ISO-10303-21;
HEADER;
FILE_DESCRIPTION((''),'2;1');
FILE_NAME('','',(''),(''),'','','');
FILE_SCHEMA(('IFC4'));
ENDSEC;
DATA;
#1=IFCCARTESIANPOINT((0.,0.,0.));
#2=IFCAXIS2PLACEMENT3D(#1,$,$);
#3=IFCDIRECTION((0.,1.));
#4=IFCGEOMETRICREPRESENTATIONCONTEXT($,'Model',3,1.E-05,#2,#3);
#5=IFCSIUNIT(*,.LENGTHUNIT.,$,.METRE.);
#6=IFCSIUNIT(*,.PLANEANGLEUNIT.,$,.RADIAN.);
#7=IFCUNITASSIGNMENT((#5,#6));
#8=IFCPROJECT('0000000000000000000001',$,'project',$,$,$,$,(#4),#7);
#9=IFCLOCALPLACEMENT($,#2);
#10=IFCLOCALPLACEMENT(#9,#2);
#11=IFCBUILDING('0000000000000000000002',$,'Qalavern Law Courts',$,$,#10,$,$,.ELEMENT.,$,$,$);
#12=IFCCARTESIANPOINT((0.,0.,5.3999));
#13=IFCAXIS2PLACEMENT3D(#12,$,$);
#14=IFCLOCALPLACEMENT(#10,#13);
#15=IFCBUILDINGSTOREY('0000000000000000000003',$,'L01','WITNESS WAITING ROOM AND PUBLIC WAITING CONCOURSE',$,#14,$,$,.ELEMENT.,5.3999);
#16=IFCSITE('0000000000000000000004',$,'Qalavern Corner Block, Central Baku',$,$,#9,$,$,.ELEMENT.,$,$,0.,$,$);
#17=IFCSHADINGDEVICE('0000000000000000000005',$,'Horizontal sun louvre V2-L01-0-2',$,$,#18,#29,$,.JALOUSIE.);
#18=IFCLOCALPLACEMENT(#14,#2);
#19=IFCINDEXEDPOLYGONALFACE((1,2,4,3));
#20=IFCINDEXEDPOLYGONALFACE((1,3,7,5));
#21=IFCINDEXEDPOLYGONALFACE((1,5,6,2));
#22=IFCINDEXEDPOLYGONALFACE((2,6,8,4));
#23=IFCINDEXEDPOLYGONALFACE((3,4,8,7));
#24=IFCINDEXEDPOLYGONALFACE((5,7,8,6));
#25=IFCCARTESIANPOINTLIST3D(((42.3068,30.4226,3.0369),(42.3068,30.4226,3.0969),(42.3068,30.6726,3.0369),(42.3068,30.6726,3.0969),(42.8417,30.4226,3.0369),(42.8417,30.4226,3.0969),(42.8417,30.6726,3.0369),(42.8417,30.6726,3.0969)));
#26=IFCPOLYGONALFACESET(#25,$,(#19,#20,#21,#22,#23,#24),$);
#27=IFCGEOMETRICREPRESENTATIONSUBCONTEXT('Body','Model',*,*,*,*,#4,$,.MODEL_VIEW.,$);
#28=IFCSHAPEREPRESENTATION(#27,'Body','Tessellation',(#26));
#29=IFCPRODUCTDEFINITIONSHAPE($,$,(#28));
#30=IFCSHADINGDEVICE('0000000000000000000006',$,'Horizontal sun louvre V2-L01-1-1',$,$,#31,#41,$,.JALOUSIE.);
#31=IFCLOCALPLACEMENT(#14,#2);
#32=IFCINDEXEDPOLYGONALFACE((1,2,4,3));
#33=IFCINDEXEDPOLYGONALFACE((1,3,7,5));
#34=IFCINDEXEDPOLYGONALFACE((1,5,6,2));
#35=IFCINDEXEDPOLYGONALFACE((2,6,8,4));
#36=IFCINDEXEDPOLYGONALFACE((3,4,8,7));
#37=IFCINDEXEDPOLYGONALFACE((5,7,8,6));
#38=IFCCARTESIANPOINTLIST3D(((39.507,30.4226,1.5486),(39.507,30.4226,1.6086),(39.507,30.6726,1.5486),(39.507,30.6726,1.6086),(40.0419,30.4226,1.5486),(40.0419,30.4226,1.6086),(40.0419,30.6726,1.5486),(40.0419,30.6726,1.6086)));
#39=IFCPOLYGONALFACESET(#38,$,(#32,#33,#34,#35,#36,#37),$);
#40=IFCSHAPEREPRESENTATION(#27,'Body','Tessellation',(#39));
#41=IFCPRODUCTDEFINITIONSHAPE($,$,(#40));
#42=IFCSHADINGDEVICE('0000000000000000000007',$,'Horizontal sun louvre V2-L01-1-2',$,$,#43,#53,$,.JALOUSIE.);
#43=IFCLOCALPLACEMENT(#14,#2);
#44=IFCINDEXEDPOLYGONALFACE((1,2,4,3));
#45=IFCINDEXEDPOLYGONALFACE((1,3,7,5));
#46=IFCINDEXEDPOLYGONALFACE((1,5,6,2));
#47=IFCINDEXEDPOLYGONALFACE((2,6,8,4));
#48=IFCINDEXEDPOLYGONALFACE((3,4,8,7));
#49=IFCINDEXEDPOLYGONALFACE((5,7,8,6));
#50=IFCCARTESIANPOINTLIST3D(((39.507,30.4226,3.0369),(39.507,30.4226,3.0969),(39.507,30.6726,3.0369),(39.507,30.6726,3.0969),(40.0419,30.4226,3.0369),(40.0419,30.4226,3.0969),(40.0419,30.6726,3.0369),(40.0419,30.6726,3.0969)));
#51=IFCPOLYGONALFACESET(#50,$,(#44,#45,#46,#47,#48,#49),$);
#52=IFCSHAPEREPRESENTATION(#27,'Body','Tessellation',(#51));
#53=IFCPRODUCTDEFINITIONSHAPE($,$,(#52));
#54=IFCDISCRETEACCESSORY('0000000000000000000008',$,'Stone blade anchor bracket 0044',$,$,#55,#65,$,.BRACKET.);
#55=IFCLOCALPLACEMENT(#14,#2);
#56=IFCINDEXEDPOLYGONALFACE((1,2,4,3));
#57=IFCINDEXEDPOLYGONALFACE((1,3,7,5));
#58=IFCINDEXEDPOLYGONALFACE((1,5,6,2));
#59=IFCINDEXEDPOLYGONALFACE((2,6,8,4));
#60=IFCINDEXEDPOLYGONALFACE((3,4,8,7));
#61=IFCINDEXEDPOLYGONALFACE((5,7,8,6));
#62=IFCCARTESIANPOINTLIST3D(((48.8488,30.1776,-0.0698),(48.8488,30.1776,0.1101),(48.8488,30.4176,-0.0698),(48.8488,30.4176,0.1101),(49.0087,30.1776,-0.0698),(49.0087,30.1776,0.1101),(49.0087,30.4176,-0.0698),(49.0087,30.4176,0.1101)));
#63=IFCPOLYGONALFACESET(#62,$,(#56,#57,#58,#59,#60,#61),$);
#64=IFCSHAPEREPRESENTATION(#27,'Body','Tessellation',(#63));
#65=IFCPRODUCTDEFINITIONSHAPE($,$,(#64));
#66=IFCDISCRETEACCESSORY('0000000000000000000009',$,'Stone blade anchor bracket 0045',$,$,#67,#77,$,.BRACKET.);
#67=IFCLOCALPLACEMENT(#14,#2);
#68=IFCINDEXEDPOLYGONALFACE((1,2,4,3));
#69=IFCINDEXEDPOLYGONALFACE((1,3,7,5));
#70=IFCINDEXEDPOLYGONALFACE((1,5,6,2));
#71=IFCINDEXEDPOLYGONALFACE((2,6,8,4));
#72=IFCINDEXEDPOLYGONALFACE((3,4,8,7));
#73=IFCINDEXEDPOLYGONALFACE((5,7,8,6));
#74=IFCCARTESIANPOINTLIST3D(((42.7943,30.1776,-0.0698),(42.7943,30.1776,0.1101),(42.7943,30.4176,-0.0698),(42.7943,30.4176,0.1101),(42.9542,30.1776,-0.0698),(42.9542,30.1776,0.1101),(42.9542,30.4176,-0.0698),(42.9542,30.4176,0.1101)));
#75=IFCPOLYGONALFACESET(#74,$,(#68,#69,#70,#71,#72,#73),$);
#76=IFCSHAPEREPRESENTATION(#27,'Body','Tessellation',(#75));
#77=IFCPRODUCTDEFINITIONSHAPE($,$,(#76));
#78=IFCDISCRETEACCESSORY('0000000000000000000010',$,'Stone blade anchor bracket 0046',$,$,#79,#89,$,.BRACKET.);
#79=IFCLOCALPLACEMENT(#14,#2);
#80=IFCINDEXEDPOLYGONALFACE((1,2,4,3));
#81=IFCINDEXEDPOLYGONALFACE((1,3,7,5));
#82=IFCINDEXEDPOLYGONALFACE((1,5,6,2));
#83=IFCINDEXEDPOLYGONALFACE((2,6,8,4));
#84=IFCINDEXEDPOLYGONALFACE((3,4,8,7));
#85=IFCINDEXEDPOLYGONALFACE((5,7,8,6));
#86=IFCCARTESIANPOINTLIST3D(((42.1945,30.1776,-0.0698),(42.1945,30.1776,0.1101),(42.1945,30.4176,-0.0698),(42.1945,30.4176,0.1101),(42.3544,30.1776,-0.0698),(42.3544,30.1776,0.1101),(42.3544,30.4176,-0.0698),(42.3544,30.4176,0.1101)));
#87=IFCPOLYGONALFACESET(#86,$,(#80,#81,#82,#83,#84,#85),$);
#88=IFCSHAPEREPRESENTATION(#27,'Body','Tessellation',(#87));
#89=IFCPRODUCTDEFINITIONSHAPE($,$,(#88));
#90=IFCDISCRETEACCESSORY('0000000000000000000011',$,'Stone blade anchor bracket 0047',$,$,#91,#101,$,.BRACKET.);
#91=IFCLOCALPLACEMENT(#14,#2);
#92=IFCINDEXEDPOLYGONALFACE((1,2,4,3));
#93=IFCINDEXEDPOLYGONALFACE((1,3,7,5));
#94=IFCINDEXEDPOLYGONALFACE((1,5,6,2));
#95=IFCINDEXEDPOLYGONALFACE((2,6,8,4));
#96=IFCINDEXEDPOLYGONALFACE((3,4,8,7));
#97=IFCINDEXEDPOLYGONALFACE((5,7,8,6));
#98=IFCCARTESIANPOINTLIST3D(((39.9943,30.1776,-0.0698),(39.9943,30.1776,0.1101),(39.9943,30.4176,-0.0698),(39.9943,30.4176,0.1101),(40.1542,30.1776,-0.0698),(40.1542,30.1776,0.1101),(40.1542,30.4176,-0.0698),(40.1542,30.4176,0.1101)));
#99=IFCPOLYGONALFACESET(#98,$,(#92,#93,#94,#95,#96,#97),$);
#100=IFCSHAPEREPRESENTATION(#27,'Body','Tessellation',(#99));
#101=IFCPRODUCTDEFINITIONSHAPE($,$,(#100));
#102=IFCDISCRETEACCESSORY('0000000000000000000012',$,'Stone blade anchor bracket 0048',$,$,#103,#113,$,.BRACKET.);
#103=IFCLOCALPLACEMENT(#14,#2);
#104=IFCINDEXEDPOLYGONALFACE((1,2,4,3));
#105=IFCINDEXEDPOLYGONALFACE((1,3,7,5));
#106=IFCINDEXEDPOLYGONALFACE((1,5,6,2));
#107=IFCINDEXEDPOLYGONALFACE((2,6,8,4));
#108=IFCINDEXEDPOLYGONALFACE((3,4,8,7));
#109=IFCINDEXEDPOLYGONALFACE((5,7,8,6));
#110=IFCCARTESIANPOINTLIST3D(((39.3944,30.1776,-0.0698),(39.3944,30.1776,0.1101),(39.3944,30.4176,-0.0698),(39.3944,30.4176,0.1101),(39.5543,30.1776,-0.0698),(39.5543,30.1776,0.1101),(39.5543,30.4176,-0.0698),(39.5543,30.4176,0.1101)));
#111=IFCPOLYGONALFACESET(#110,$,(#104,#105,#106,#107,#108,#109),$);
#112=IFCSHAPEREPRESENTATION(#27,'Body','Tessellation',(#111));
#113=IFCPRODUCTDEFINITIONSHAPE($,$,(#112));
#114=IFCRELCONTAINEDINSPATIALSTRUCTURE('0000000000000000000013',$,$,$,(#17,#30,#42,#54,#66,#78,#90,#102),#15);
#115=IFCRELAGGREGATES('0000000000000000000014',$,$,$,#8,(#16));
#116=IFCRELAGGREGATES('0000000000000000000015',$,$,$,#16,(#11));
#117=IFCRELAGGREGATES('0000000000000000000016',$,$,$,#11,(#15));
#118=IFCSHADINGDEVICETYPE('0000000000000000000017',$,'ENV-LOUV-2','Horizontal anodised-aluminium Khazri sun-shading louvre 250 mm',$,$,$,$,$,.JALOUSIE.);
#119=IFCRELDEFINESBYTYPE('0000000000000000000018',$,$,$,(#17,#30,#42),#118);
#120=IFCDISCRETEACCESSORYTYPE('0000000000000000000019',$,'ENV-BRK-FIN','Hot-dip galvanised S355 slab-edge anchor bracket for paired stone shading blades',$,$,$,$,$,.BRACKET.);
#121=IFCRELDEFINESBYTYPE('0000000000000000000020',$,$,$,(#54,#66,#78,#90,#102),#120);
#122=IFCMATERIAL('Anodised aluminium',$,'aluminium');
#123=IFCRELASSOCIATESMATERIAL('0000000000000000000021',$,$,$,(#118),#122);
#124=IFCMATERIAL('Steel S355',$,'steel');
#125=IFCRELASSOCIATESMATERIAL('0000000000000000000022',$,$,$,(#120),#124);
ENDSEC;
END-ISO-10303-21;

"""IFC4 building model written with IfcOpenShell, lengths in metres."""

from ifc_helpers import new_model, si_unit, direction, frame, origin, origin_2d, place, context, subcontext, project, spatial, rectangle, extrude, material, type_object, element, save


model = new_model("IFC4")

# Units and contexts
model_context = context("Model", 3, precision=1e-05, world=origin(), true_north=direction((0.0, 1.0)))
body_context = subcontext(model_context, "Body", "Model", "MODEL_VIEW")
ifc_project = project(units=[si_unit("LENGTHUNIT", "METRE"), si_unit("PLANEANGLEUNIT", "RADIAN")], contexts=[model_context])

# Site, building, storey
site_placement = place(None, origin())
site = spatial("IfcSite", under=ifc_project, at=site_placement, Name="Qalavern Corner Block, Central Baku", CompositionType="ELEMENT", RefElevation=0.0)
building_placement = place(site_placement, origin())
building = spatial("IfcBuilding", under=site, at=building_placement, Name="Qalavern Law Courts", CompositionType="ELEMENT")
storey_placement = place(building_placement, frame((0.0, 0.0, 5.3999)))
storey = spatial("IfcBuildingStorey", under=building, at=storey_placement, Name="L01", Description="WITNESS WAITING ROOM AND PUBLIC WAITING CONCOURSE", CompositionType="ELEMENT", Elevation=5.3999)

# Shared definitions
ifc_material_1 = material(Name="Anodised aluminium", Category="aluminium")

# Shading devices
shading_device_type_1 = type_object("IfcShadingDeviceType", Name="ENV-LOUV-2", Description="Horizontal anodised-aluminium Khazri sun-shading louvre 250 mm", PredefinedType="JALOUSIE", material=ifc_material_1)
for number, where, z_axis, x_axis, name in (
    (1, (42.5742, 30.5476, 3.0369), (0.0, 0.0, 1.0), (-1.0, 0.0, 0.0), "Horizontal sun louvre V2-L01-0-2"),
    (2, (39.7744, 30.5476, 1.5486), (0.0, 0.0, 1.0), (-1.0, 0.0, 0.0), "Horizontal sun louvre V2-L01-1-1"),
    (3, (39.7744, 30.5476, 3.0369), (0.0, 0.0, 1.0), (-1.0, 0.0, 0.0), "Horizontal sun louvre V2-L01-1-2"),
):
    element("IfcShadingDevice", number, at=place(storey_placement, frame(where, z_axis=z_axis, x_axis=x_axis)), inside=storey, type_object=shading_device_type_1, Name=name, PredefinedType="JALOUSIE", context=body_context, shape_type="SweptSolid", body=[
        extrude(rectangle(XDim=0.5349, YDim=0.25, at=origin_2d()), origin(), (0.0, 0.0, 1.0), 0.0601),
    ])

# Discrete accessories
ifc_material_2 = material(Name="Steel S355", Category="steel")
discrete_accessory_type = type_object("IfcDiscreteAccessoryType", Name="ENV-BRK-FIN", Description="Hot-dip galvanised S355 slab-edge anchor bracket for paired stone shading blades", PredefinedType="BRACKET", material=ifc_material_2)
for number, where, z_axis, x_axis, name in (
    (4, (48.9287, 30.2976, -0.0698), (0.0, 0.0, 1.0), (0.0, 1.0, 0.0), "Stone blade anchor bracket 0044"),
    (5, (42.8743, 30.2976, -0.0698), (0.0, 0.0, 1.0), (0.0, 1.0, 0.0), "Stone blade anchor bracket 0045"),
    (6, (42.2744, 30.2976, -0.0698), (0.0, 0.0, 1.0), (0.0, 1.0, 0.0), "Stone blade anchor bracket 0046"),
    (7, (40.0742, 30.2976, -0.0698), (0.0, 0.0, 1.0), (0.0, 1.0, 0.0), "Stone blade anchor bracket 0047"),
    (8, (39.4744, 30.2976, -0.0698), (0.0, 0.0, 1.0), (0.0, 1.0, 0.0), "Stone blade anchor bracket 0048"),
):
    element("IfcDiscreteAccessory", number, at=place(storey_placement, frame(where, z_axis=z_axis, x_axis=x_axis)), inside=storey, type_object=discrete_accessory_type, Name=name, PredefinedType="BRACKET", context=body_context, shape_type="SweptSolid", body=[
        extrude(rectangle(XDim=0.24, YDim=0.1599, at=origin_2d()), origin(), (0.0, 0.0, 1.0), 0.1799),
    ])

save(model, "model.ifc")
